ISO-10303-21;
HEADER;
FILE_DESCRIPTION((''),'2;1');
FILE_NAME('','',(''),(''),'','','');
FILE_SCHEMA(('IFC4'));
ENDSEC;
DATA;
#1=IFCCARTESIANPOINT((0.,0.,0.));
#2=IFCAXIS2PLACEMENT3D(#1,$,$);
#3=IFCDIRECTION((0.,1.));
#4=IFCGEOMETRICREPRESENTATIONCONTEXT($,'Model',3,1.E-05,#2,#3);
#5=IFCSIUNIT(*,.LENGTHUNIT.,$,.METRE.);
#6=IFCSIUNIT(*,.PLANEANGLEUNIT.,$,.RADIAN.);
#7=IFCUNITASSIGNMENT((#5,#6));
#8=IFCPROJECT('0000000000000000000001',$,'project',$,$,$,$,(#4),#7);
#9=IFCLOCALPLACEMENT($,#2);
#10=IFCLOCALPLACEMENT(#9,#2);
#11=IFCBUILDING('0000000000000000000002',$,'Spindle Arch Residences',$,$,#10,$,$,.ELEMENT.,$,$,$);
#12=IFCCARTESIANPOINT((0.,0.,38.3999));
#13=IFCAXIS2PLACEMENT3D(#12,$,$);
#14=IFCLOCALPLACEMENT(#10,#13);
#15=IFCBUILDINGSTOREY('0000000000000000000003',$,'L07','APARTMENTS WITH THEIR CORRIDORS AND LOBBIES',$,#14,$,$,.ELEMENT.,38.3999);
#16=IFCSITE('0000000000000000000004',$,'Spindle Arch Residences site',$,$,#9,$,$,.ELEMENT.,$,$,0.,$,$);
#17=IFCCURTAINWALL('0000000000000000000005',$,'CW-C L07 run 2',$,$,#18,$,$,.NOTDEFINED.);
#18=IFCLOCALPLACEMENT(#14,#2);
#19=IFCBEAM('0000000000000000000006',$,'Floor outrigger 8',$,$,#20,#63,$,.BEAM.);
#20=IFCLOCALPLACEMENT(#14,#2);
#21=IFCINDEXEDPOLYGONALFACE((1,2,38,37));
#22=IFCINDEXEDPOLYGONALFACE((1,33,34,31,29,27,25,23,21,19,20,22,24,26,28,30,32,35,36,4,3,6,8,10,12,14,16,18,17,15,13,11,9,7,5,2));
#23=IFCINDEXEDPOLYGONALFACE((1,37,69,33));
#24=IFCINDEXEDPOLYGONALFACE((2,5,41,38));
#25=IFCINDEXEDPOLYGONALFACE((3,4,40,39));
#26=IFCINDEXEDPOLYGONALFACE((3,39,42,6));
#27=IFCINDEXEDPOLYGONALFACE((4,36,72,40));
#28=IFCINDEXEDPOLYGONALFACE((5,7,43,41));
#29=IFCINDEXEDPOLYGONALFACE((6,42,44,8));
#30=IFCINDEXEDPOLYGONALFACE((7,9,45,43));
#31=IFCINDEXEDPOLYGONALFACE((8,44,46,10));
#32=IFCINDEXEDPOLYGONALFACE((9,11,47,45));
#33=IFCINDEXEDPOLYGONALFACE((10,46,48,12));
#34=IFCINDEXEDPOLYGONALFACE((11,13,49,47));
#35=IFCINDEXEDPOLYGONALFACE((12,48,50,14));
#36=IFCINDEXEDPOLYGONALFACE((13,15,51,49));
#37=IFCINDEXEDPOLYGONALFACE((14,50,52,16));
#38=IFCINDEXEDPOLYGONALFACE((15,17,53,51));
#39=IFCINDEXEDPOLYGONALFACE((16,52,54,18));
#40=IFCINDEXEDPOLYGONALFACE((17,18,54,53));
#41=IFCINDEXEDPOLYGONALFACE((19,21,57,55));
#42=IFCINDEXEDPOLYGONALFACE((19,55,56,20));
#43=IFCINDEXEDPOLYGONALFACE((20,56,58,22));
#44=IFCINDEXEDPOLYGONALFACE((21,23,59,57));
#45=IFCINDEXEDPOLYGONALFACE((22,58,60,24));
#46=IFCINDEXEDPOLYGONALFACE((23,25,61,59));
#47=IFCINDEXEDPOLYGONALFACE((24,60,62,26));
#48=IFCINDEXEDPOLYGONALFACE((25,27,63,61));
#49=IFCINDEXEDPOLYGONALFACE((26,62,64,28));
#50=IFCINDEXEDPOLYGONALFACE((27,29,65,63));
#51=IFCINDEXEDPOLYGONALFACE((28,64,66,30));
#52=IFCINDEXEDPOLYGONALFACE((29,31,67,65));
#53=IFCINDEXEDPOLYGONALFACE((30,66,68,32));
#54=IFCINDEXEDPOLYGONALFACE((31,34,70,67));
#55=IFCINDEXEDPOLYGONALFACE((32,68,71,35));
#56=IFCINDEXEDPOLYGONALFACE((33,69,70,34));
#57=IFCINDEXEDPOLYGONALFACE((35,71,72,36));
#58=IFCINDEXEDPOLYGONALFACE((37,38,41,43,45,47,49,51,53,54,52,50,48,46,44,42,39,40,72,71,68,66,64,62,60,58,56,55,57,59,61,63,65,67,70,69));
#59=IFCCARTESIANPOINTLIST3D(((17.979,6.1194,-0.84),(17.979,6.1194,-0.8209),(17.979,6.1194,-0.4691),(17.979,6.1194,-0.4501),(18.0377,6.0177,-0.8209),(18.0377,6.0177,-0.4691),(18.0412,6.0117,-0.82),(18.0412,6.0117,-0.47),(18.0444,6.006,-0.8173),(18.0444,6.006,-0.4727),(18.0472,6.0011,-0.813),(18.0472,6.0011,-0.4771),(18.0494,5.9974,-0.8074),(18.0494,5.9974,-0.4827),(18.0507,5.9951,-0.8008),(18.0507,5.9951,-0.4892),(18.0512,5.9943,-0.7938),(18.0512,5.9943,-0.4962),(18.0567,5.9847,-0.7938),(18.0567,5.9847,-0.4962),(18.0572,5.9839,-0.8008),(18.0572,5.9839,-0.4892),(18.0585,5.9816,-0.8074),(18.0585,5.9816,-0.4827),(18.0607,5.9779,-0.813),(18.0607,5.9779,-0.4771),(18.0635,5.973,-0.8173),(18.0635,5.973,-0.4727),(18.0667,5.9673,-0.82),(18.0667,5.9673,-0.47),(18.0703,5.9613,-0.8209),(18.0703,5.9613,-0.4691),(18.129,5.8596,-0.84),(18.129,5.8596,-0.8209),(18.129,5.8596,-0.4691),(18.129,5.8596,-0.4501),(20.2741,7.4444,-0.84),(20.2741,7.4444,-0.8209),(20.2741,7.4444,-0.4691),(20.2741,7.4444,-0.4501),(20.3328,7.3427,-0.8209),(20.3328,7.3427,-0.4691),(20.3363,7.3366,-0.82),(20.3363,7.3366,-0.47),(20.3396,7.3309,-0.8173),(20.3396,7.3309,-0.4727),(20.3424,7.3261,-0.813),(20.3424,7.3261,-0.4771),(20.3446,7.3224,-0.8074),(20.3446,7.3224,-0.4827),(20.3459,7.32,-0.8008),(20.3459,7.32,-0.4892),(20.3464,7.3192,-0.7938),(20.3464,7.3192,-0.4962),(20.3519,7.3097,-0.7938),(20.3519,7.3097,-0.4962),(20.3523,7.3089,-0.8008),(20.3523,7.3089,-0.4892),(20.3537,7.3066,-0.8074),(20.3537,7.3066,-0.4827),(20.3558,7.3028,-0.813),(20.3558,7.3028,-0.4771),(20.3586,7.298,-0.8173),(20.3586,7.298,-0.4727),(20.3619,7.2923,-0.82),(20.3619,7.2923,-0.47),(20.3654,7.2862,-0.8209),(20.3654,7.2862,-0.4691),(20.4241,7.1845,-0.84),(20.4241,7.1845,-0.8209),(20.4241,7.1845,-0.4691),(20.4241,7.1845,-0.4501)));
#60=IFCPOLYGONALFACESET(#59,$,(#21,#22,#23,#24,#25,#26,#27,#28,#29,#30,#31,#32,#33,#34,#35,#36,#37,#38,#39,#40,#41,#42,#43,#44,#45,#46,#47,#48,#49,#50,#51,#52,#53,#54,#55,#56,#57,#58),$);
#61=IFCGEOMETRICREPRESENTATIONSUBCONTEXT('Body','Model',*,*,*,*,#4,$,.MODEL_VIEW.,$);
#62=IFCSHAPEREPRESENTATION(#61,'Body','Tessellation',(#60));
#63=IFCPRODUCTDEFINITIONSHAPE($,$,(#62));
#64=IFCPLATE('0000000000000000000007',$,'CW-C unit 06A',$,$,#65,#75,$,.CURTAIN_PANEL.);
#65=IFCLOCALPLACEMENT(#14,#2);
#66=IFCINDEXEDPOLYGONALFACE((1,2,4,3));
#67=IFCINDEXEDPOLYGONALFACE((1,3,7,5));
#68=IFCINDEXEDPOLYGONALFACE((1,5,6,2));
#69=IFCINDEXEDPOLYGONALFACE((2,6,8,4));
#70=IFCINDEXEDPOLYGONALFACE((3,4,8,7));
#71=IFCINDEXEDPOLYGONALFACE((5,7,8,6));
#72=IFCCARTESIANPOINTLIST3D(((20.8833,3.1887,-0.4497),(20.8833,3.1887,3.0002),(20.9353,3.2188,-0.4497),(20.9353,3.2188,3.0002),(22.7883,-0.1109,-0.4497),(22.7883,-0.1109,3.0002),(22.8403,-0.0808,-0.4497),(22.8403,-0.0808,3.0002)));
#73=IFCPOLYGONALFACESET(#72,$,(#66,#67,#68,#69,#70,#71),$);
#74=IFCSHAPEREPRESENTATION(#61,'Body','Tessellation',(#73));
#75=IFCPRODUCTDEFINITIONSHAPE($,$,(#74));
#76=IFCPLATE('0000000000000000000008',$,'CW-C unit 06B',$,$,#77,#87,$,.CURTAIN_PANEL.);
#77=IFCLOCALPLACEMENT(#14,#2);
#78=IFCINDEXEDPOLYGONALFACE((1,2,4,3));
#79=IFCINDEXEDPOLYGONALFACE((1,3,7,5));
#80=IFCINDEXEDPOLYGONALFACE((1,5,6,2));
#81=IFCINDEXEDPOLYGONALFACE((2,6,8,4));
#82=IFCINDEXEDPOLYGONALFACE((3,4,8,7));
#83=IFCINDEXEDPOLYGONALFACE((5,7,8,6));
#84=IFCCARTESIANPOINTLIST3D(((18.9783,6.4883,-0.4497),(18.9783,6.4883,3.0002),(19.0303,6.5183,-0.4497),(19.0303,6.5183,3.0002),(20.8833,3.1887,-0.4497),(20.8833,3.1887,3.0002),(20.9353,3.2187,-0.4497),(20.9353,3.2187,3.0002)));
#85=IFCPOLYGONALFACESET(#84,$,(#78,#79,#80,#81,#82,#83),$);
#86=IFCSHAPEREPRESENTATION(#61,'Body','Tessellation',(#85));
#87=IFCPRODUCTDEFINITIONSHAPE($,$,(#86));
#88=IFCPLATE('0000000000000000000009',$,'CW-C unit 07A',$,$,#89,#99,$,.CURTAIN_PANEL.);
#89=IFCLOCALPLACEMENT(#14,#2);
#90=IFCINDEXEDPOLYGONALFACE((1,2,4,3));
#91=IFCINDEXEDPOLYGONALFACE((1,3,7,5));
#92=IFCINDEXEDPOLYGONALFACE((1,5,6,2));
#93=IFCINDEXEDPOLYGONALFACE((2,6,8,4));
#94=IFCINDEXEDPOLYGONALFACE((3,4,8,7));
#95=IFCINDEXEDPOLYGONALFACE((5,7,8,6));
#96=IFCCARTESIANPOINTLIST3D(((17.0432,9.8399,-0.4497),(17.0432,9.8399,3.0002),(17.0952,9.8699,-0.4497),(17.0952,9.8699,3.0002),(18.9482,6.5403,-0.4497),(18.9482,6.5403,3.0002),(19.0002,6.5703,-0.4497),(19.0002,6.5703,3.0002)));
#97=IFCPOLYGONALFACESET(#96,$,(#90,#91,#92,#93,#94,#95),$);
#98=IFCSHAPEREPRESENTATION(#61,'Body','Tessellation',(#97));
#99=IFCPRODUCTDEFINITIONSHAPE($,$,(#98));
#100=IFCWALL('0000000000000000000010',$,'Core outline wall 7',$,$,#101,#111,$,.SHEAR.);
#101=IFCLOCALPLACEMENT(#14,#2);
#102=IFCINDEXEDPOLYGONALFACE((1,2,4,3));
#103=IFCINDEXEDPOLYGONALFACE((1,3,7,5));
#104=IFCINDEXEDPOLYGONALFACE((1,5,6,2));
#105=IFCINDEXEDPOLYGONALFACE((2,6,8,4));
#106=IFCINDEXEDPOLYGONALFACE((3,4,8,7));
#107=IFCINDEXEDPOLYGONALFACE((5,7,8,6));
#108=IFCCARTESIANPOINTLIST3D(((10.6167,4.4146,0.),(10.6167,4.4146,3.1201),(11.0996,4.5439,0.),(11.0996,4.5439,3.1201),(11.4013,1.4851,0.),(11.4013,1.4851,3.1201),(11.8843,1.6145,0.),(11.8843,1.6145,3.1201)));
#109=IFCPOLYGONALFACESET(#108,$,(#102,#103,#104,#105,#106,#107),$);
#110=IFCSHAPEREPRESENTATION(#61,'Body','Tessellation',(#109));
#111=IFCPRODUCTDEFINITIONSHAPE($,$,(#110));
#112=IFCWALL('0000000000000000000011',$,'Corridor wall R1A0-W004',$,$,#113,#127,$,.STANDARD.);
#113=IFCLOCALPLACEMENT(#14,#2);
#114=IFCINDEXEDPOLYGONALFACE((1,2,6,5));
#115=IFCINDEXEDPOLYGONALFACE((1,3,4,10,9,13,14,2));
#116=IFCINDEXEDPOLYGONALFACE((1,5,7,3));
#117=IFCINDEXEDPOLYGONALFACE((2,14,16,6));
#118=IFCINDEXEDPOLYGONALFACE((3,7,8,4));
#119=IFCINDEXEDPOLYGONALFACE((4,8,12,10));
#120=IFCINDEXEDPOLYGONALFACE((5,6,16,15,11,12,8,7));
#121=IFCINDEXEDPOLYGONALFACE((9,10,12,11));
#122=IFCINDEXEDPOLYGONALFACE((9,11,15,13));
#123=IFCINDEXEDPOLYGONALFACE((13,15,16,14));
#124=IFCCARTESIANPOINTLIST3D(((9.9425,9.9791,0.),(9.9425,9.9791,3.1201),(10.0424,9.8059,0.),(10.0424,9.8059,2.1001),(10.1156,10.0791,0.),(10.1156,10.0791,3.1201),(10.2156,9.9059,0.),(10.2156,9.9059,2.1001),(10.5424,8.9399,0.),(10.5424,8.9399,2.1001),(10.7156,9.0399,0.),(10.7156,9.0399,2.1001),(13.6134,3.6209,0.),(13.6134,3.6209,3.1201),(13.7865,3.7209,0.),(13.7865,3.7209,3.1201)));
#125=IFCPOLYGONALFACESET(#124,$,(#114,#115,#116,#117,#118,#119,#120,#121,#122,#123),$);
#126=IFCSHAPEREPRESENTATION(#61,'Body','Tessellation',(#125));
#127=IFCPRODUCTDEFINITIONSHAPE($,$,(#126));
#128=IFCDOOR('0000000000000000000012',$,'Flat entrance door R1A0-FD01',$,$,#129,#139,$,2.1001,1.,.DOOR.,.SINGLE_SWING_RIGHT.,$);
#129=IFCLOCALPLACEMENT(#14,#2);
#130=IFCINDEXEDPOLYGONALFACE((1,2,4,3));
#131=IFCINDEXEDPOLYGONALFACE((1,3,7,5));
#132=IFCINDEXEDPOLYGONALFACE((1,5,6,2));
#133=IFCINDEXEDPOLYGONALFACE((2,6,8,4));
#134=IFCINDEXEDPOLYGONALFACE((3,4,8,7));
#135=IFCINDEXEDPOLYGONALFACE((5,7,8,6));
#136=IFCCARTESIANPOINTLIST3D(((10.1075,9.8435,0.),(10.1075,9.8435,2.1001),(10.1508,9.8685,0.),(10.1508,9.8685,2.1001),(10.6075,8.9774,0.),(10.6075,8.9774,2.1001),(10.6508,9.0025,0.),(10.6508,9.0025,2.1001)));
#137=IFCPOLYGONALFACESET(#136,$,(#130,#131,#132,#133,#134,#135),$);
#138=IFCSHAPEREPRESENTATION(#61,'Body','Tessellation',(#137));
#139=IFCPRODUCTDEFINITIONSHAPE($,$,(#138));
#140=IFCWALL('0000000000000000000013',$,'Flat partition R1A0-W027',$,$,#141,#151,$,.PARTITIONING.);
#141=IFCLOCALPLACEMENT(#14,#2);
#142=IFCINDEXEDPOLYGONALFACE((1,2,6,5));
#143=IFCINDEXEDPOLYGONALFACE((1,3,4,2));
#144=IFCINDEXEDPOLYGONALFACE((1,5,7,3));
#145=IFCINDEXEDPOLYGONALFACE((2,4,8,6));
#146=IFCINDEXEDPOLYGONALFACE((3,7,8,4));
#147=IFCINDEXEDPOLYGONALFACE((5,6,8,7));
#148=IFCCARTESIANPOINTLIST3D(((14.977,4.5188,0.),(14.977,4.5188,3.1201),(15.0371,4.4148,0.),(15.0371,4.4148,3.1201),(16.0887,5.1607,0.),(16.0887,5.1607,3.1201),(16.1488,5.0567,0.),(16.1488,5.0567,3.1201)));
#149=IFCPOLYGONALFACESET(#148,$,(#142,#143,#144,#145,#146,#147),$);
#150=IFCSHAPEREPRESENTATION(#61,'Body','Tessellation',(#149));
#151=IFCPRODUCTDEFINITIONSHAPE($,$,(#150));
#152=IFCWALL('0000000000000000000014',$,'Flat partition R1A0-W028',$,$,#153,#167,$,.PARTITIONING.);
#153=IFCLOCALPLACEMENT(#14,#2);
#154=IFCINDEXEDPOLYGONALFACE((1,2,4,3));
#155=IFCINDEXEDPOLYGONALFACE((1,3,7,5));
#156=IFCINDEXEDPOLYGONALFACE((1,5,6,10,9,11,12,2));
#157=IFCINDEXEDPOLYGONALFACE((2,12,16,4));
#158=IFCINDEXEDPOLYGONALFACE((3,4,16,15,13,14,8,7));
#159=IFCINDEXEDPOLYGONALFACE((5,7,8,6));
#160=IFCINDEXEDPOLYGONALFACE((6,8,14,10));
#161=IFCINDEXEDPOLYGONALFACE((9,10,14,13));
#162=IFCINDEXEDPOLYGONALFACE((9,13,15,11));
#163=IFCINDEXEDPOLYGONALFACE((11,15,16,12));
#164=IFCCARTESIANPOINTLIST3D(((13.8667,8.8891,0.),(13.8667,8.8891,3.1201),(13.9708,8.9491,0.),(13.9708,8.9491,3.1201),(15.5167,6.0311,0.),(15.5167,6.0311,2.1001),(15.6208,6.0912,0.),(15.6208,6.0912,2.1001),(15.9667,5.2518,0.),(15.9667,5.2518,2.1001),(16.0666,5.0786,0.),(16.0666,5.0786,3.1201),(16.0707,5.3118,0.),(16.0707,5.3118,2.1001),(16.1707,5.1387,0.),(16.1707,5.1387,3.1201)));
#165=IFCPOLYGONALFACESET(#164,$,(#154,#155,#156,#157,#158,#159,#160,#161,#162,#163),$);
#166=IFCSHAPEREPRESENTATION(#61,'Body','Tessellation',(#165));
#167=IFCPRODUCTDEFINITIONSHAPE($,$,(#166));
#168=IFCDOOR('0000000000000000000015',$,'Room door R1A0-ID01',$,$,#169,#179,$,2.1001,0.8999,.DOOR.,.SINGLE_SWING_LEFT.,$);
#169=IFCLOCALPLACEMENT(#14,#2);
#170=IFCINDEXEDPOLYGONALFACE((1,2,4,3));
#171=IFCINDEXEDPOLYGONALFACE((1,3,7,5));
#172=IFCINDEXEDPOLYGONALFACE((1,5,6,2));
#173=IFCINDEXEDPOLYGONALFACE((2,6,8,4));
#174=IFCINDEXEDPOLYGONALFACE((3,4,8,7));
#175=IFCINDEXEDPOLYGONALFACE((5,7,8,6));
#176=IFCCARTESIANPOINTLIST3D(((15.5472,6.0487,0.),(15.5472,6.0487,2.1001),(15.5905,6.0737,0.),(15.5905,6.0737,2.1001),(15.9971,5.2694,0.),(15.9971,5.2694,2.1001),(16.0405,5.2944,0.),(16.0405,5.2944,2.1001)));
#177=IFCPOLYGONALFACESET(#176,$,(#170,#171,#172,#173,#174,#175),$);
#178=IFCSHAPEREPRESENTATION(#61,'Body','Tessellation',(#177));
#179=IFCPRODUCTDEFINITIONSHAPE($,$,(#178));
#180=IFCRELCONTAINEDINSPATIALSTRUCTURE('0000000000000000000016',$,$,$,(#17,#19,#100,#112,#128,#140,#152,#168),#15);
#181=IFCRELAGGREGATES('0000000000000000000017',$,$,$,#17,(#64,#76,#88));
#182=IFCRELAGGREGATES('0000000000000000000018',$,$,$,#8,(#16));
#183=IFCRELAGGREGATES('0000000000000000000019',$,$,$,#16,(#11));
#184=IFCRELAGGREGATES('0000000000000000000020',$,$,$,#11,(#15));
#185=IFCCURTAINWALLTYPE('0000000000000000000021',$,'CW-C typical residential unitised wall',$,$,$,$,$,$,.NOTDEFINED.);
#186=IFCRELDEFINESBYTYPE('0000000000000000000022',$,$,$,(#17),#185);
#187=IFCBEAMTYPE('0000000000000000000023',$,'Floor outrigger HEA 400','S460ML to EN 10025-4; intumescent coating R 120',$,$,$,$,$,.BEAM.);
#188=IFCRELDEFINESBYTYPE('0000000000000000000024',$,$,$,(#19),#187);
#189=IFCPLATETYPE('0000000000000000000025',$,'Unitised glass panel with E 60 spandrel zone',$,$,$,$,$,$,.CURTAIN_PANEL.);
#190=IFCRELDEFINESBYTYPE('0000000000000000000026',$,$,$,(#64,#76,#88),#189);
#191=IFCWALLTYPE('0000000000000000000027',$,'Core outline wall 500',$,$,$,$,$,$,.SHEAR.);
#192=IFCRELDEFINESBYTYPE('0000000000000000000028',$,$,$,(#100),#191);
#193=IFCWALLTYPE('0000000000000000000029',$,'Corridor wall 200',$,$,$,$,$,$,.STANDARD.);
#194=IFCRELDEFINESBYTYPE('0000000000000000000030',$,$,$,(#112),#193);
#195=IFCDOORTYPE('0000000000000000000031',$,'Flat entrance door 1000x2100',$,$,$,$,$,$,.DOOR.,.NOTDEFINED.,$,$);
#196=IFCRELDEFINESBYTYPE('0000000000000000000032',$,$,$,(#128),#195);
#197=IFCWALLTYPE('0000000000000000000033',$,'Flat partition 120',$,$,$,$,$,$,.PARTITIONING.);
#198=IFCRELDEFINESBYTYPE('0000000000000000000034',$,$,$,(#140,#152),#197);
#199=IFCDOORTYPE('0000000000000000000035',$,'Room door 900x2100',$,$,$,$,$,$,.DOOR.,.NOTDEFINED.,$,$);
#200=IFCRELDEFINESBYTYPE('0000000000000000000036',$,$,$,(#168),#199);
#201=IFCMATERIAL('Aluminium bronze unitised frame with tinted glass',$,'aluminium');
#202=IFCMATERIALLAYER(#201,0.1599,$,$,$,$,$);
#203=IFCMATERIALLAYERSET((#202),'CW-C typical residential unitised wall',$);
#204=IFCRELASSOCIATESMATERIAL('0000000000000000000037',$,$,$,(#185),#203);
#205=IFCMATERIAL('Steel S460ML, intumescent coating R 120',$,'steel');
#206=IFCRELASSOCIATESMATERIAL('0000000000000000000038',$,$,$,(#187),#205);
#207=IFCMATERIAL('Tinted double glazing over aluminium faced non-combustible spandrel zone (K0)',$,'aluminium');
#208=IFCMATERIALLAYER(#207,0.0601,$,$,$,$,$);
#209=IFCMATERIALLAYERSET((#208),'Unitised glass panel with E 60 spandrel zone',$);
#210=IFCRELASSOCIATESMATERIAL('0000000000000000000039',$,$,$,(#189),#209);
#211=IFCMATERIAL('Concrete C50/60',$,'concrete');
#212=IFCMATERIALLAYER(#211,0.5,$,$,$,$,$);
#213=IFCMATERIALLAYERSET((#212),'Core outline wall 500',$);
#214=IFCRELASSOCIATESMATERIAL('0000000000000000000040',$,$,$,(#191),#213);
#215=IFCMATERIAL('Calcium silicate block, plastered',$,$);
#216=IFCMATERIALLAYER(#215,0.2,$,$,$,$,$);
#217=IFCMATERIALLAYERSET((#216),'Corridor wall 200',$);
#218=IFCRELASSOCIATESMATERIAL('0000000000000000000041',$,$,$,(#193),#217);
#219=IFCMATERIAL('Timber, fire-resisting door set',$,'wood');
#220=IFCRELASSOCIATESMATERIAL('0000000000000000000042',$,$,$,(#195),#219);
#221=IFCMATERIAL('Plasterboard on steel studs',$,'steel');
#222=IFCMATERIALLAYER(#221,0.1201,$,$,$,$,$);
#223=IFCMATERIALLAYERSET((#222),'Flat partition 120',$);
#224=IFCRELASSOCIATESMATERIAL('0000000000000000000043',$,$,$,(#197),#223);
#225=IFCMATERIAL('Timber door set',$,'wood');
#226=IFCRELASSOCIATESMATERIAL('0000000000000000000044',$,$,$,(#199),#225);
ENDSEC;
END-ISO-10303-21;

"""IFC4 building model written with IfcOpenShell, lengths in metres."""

from ifc_helpers import new_model, si_unit, direction, frame, frame_2d, origin, origin_2d, place, context, subcontext, project, spatial, rectangle, i_section, extrude, material, layer, layer_set, material_profile, profile_set, type_object, element, fill, aggregate, save


model = new_model("IFC4")

# Units and contexts
model_context = context("Model", 3, precision=1e-05, world=origin(), true_north=direction((0.0, 1.0)))
body_context = subcontext(model_context, "Body", "Model", "MODEL_VIEW")
ifc_project = project(units=[si_unit("LENGTHUNIT", "METRE"), si_unit("PLANEANGLEUNIT", "RADIAN")], contexts=[model_context])

# Site, building, storey
site_placement = place(None, origin())
site = spatial("IfcSite", under=ifc_project, at=site_placement, Name="Spindle Arch Residences site", CompositionType="ELEMENT", RefElevation=0.0)
building_placement = place(site_placement, origin())
building = spatial("IfcBuilding", under=site, at=building_placement, Name="Spindle Arch Residences", CompositionType="ELEMENT")
storey_placement = place(building_placement, frame((0.0, 0.0, 38.3999)))
storey = spatial("IfcBuildingStorey", under=building, at=storey_placement, Name="L07", Description="APARTMENTS WITH THEIR CORRIDORS AND LOBBIES", CompositionType="ELEMENT", Elevation=38.3999)

# Curtain wall
ifc_material_1 = material(Name="Aluminium bronze unitised frame with tinted glass", Category="aluminium")
ifc_layer_1 = layer(ifc_material_1, 0.1599)
ifc_layer_set_1 = layer_set([ifc_layer_1], Name="CW-C typical residential unitised wall")
curtain_wall_type = type_object("IfcCurtainWallType", Name="CW-C typical residential unitised wall", PredefinedType="NOTDEFINED", material=ifc_layer_set_1)
curtain_wall_placement = place(storey_placement, origin())
curtain_wall = element("IfcCurtainWall", 1, at=curtain_wall_placement, inside=storey, type_object=curtain_wall_type, Name="CW-C L07 run 2", PredefinedType="NOTDEFINED")

# Beam
ifc_material_2 = material(Name="Steel S460ML, intumescent coating R 120", Category="steel")
ifc_material_profile_1 = material_profile(ifc_material_2, i_section(OverallWidth=0.3, OverallDepth=0.3899, WebThickness=0.011, FlangeThickness=0.019, FilletRadius=0.0271, at=origin_2d()), Name="HEA 400")
ifc_profile_set_1 = profile_set([ifc_material_profile_1], Name="Steel S460ML, intumescent coating R 120")
beam_type_1 = type_object("IfcBeamType", Name="Floor outrigger HEA 400", Description="S460ML to EN 10025-4; intumescent coating R 120", PredefinedType="BEAM", material=ifc_profile_set_1)
beam_1_placement = place(storey_placement, frame((20.3491, 7.3145, -0.645), z_axis=(-0.866052, -0.499954, 0.0), x_axis=(0.499954, -0.866052, 0.0)))
element("IfcBeam", 2, at=beam_1_placement, inside=storey, type_object=beam_type_1, Name="Floor outrigger 8", PredefinedType="BEAM", context=body_context, shape_type="SweptSolid", body=[
    extrude(i_section(OverallWidth=0.3, OverallDepth=0.3899, WebThickness=0.011, FlangeThickness=0.019, FilletRadius=0.0271, at=origin_2d()), origin(), (0.0, 0.0, 1.0), 2.6501),
])

# Plates
ifc_material_3 = material(Name="Tinted double glazing over aluminium faced non-combustible spandrel zone (K0)", Category="aluminium")
ifc_layer_2 = layer(ifc_material_3, 0.0601)
ifc_layer_set_2 = layer_set([ifc_layer_2], Name="Unitised glass panel with E 60 spandrel zone")
plate_type = type_object("IfcPlateType", Name="Unitised glass panel with E 60 spandrel zone", PredefinedType="CURTAIN_PANEL", material=ifc_layer_set_2)
plate_1_placement = place(storey_placement, frame((21.8618, 1.554, -0.4497), z_axis=(0.0, 0.0, 1.0), x_axis=(-0.5, 0.866025, 0.0)))
plate_1 = element("IfcPlate", 3, at=plate_1_placement, type_object=plate_type, Name="CW-C unit 06A", PredefinedType="CURTAIN_PANEL", context=body_context, shape_type="SweptSolid", body=[
    extrude(rectangle(XDim=3.8101, YDim=0.0601, at=origin_2d()), origin(), (0.0, 0.0, 1.0), 3.45),
])
plate_2_placement = place(storey_placement, frame((19.9568, 4.8535, -0.4497), z_axis=(0.0, 0.0, 1.0), x_axis=(-0.5, 0.866025, 0.0)))
plate_2 = element("IfcPlate", 4, at=plate_2_placement, type_object=plate_type, Name="CW-C unit 06B", PredefinedType="CURTAIN_PANEL", context=body_context, shape_type="SweptSolid", body=[
    extrude(rectangle(XDim=3.8101, YDim=0.0601, at=origin_2d()), origin(), (0.0, 0.0, 1.0), 3.45),
])
plate_3_placement = place(storey_placement, frame((18.0217, 8.2051, -0.4497), z_axis=(0.0, 0.0, 1.0), x_axis=(-0.5, 0.866025, 0.0)))
plate_3 = element("IfcPlate", 5, at=plate_3_placement, type_object=plate_type, Name="CW-C unit 07A", PredefinedType="CURTAIN_PANEL", context=body_context, shape_type="SweptSolid", body=[
    extrude(rectangle(XDim=3.8101, YDim=0.0601, at=origin_2d()), origin(), (0.0, 0.0, 1.0), 3.45),
])
aggregate(curtain_wall, [plate_1, plate_2, plate_3])

# Wall
ifc_material_4 = material(Name="Concrete C50/60", Category="concrete")
ifc_layer_3 = layer(ifc_material_4, 0.5)
ifc_layer_set_3 = layer_set([ifc_layer_3], Name="Core outline wall 500")
wall_type_1 = type_object("IfcWallType", Name="Core outline wall 500", PredefinedType="SHEAR", material=ifc_layer_set_3)
wall_1_placement = place(storey_placement, frame((11.6428, 1.5498, 0.0), z_axis=(0.0, 0.0, 1.0), x_axis=(-0.258735, 0.965948, 0.0)))
element("IfcWall", 6, at=wall_1_placement, inside=storey, type_object=wall_type_1, Name="Core outline wall 7", PredefinedType="SHEAR", context=body_context, shape_type="SweptSolid", body=[
    extrude(rectangle(XDim=3.0327, YDim=0.5, at=frame_2d((1.5164, 0.0))), origin(), (0.0, 0.0, 1.0), 3.1201),
])

# Wall, opening, door
ifc_material_5 = material(Name="Calcium silicate block, plastered")
ifc_layer_4 = layer(ifc_material_5, 0.2)
ifc_layer_set_4 = layer_set([ifc_layer_4], Name="Corridor wall 200")
wall_type_2 = type_object("IfcWallType", Name="Corridor wall 200", PredefinedType="STANDARD", material=ifc_layer_set_4)
wall_2_placement = place(storey_placement, frame((13.7, 3.6709, 0.0), z_axis=(0.0, 0.0, 1.0), x_axis=(-0.500002, 0.866024, 0.0)))
wall_2 = element("IfcWall", 7, at=wall_2_placement, inside=storey, type_object=wall_type_2, Name="Corridor wall R1A0-W004", PredefinedType="STANDARD", context=body_context, shape_type="SweptSolid", body=[
    extrude(rectangle(XDim=7.3418, YDim=0.2, at=frame_2d((3.6709, 0.0))), origin(), (0.0, 0.0, 1.0), 3.1201),
])
opening_1_placement = place(wall_2_placement, frame((6.1418, 0.0, 0.0)))
opening_1 = element("IfcOpeningElement", 8, at=opening_1_placement, cuts=wall_2, PredefinedType="OPENING", context=body_context, shape_type="SweptSolid", body=[
    extrude(rectangle(XDim=1.0, YDim=2.1001, at=frame_2d((0.5, 1.05))), frame((0.0, 0.1099, 0.0), z_axis=(0.0, -1.0, 0.0), x_axis=(1.0, 0.0, 0.0)), (0.0, 0.0, 1.0), 0.22),
])
ifc_material_6 = material(Name="Timber, fire-resisting door set", Category="wood")
door_type_1 = type_object("IfcDoorType", Name="Flat entrance door 1000x2100", OperationType="NOTDEFINED", PredefinedType="DOOR", material=ifc_material_6)
door_1_placement = place(opening_1_placement, origin())
door_1 = element("IfcDoor", 9, at=door_1_placement, inside=storey, type_object=door_type_1, Name="Flat entrance door R1A0-FD01", OperationType="SINGLE_SWING_RIGHT", OverallHeight=2.1001, OverallWidth=1.0, PredefinedType="DOOR", context=body_context, shape_type="SweptSolid", body=[
    extrude(rectangle(XDim=1.0, YDim=2.1001, at=frame_2d((0.5, 1.05))), frame((0.0, 0.0249, 0.0), z_axis=(0.0, -1.0, 0.0), x_axis=(1.0, 0.0, 0.0)), (0.0, 0.0, 1.0), 0.05),
])
fill(opening_1, door_1)

# Wall
ifc_material_7 = material(Name="Plasterboard on steel studs", Category="steel")
ifc_layer_5 = layer(ifc_material_7, 0.1201)
ifc_layer_set_5 = layer_set([ifc_layer_5], Name="Flat partition 120")
wall_type_3 = type_object("IfcWallType", Name="Flat partition 120", PredefinedType="PARTITIONING", material=ifc_layer_set_5)
wall_3_placement = place(storey_placement, frame((15.0071, 4.4668, 0.0), z_axis=(0.0, 0.0, 1.0), x_axis=(0.865999, 0.500046, 0.0)))
element("IfcWall", 10, at=wall_3_placement, inside=storey, type_object=wall_type_3, Name="Flat partition R1A0-W027", PredefinedType="PARTITIONING", context=body_context, shape_type="SweptSolid", body=[
    extrude(rectangle(XDim=1.2837, YDim=0.1201, at=frame_2d((0.6418, 0.0))), origin(), (0.0, 0.0, 1.0), 3.1201),
])

# Wall, opening, door
wall_4_placement = place(storey_placement, frame((16.1187, 5.1086, 0.0), z_axis=(0.0, 0.0, 1.0), x_axis=(-0.499988, 0.866032, 0.0)))
wall_4 = element("IfcWall", 11, at=wall_4_placement, inside=storey, type_object=wall_type_3, Name="Flat partition R1A0-W028", PredefinedType="PARTITIONING", context=body_context, shape_type="SweptSolid", body=[
    extrude(rectangle(XDim=4.3999, YDim=0.1201, at=frame_2d((2.2, 0.0))), origin(), (0.0, 0.0, 1.0), 3.1201),
])
opening_2_placement = place(wall_4_placement, frame((0.2, 0.0, 0.0)))
opening_2 = element("IfcOpeningElement", 12, at=opening_2_placement, cuts=wall_4, PredefinedType="OPENING", context=body_context, shape_type="SweptSolid", body=[
    extrude(rectangle(XDim=0.8999, YDim=2.1001, at=frame_2d((0.45, 1.05))), frame((0.0, 0.0701, 0.0), z_axis=(0.0, -1.0, 0.0), x_axis=(1.0, 0.0, 0.0)), (0.0, 0.0, 1.0), 0.1401),
])
ifc_material_8 = material(Name="Timber door set", Category="wood")
door_type_2 = type_object("IfcDoorType", Name="Room door 900x2100", OperationType="NOTDEFINED", PredefinedType="DOOR", material=ifc_material_8)
door_2_placement = place(opening_2_placement, origin())
door_2 = element("IfcDoor", 13, at=door_2_placement, inside=storey, type_object=door_type_2, Name="Room door R1A0-ID01", OperationType="SINGLE_SWING_LEFT", OverallHeight=2.1001, OverallWidth=0.8999, PredefinedType="DOOR", context=body_context, shape_type="SweptSolid", body=[
    extrude(rectangle(XDim=0.8999, YDim=2.1001, at=frame_2d((0.45, 1.05))), frame((0.0, 0.0249, 0.0), z_axis=(0.0, -1.0, 0.0), x_axis=(1.0, 0.0, 0.0)), (0.0, 0.0, 1.0), 0.05),
])
fill(opening_2, door_2)

save(model, "model.ifc")
